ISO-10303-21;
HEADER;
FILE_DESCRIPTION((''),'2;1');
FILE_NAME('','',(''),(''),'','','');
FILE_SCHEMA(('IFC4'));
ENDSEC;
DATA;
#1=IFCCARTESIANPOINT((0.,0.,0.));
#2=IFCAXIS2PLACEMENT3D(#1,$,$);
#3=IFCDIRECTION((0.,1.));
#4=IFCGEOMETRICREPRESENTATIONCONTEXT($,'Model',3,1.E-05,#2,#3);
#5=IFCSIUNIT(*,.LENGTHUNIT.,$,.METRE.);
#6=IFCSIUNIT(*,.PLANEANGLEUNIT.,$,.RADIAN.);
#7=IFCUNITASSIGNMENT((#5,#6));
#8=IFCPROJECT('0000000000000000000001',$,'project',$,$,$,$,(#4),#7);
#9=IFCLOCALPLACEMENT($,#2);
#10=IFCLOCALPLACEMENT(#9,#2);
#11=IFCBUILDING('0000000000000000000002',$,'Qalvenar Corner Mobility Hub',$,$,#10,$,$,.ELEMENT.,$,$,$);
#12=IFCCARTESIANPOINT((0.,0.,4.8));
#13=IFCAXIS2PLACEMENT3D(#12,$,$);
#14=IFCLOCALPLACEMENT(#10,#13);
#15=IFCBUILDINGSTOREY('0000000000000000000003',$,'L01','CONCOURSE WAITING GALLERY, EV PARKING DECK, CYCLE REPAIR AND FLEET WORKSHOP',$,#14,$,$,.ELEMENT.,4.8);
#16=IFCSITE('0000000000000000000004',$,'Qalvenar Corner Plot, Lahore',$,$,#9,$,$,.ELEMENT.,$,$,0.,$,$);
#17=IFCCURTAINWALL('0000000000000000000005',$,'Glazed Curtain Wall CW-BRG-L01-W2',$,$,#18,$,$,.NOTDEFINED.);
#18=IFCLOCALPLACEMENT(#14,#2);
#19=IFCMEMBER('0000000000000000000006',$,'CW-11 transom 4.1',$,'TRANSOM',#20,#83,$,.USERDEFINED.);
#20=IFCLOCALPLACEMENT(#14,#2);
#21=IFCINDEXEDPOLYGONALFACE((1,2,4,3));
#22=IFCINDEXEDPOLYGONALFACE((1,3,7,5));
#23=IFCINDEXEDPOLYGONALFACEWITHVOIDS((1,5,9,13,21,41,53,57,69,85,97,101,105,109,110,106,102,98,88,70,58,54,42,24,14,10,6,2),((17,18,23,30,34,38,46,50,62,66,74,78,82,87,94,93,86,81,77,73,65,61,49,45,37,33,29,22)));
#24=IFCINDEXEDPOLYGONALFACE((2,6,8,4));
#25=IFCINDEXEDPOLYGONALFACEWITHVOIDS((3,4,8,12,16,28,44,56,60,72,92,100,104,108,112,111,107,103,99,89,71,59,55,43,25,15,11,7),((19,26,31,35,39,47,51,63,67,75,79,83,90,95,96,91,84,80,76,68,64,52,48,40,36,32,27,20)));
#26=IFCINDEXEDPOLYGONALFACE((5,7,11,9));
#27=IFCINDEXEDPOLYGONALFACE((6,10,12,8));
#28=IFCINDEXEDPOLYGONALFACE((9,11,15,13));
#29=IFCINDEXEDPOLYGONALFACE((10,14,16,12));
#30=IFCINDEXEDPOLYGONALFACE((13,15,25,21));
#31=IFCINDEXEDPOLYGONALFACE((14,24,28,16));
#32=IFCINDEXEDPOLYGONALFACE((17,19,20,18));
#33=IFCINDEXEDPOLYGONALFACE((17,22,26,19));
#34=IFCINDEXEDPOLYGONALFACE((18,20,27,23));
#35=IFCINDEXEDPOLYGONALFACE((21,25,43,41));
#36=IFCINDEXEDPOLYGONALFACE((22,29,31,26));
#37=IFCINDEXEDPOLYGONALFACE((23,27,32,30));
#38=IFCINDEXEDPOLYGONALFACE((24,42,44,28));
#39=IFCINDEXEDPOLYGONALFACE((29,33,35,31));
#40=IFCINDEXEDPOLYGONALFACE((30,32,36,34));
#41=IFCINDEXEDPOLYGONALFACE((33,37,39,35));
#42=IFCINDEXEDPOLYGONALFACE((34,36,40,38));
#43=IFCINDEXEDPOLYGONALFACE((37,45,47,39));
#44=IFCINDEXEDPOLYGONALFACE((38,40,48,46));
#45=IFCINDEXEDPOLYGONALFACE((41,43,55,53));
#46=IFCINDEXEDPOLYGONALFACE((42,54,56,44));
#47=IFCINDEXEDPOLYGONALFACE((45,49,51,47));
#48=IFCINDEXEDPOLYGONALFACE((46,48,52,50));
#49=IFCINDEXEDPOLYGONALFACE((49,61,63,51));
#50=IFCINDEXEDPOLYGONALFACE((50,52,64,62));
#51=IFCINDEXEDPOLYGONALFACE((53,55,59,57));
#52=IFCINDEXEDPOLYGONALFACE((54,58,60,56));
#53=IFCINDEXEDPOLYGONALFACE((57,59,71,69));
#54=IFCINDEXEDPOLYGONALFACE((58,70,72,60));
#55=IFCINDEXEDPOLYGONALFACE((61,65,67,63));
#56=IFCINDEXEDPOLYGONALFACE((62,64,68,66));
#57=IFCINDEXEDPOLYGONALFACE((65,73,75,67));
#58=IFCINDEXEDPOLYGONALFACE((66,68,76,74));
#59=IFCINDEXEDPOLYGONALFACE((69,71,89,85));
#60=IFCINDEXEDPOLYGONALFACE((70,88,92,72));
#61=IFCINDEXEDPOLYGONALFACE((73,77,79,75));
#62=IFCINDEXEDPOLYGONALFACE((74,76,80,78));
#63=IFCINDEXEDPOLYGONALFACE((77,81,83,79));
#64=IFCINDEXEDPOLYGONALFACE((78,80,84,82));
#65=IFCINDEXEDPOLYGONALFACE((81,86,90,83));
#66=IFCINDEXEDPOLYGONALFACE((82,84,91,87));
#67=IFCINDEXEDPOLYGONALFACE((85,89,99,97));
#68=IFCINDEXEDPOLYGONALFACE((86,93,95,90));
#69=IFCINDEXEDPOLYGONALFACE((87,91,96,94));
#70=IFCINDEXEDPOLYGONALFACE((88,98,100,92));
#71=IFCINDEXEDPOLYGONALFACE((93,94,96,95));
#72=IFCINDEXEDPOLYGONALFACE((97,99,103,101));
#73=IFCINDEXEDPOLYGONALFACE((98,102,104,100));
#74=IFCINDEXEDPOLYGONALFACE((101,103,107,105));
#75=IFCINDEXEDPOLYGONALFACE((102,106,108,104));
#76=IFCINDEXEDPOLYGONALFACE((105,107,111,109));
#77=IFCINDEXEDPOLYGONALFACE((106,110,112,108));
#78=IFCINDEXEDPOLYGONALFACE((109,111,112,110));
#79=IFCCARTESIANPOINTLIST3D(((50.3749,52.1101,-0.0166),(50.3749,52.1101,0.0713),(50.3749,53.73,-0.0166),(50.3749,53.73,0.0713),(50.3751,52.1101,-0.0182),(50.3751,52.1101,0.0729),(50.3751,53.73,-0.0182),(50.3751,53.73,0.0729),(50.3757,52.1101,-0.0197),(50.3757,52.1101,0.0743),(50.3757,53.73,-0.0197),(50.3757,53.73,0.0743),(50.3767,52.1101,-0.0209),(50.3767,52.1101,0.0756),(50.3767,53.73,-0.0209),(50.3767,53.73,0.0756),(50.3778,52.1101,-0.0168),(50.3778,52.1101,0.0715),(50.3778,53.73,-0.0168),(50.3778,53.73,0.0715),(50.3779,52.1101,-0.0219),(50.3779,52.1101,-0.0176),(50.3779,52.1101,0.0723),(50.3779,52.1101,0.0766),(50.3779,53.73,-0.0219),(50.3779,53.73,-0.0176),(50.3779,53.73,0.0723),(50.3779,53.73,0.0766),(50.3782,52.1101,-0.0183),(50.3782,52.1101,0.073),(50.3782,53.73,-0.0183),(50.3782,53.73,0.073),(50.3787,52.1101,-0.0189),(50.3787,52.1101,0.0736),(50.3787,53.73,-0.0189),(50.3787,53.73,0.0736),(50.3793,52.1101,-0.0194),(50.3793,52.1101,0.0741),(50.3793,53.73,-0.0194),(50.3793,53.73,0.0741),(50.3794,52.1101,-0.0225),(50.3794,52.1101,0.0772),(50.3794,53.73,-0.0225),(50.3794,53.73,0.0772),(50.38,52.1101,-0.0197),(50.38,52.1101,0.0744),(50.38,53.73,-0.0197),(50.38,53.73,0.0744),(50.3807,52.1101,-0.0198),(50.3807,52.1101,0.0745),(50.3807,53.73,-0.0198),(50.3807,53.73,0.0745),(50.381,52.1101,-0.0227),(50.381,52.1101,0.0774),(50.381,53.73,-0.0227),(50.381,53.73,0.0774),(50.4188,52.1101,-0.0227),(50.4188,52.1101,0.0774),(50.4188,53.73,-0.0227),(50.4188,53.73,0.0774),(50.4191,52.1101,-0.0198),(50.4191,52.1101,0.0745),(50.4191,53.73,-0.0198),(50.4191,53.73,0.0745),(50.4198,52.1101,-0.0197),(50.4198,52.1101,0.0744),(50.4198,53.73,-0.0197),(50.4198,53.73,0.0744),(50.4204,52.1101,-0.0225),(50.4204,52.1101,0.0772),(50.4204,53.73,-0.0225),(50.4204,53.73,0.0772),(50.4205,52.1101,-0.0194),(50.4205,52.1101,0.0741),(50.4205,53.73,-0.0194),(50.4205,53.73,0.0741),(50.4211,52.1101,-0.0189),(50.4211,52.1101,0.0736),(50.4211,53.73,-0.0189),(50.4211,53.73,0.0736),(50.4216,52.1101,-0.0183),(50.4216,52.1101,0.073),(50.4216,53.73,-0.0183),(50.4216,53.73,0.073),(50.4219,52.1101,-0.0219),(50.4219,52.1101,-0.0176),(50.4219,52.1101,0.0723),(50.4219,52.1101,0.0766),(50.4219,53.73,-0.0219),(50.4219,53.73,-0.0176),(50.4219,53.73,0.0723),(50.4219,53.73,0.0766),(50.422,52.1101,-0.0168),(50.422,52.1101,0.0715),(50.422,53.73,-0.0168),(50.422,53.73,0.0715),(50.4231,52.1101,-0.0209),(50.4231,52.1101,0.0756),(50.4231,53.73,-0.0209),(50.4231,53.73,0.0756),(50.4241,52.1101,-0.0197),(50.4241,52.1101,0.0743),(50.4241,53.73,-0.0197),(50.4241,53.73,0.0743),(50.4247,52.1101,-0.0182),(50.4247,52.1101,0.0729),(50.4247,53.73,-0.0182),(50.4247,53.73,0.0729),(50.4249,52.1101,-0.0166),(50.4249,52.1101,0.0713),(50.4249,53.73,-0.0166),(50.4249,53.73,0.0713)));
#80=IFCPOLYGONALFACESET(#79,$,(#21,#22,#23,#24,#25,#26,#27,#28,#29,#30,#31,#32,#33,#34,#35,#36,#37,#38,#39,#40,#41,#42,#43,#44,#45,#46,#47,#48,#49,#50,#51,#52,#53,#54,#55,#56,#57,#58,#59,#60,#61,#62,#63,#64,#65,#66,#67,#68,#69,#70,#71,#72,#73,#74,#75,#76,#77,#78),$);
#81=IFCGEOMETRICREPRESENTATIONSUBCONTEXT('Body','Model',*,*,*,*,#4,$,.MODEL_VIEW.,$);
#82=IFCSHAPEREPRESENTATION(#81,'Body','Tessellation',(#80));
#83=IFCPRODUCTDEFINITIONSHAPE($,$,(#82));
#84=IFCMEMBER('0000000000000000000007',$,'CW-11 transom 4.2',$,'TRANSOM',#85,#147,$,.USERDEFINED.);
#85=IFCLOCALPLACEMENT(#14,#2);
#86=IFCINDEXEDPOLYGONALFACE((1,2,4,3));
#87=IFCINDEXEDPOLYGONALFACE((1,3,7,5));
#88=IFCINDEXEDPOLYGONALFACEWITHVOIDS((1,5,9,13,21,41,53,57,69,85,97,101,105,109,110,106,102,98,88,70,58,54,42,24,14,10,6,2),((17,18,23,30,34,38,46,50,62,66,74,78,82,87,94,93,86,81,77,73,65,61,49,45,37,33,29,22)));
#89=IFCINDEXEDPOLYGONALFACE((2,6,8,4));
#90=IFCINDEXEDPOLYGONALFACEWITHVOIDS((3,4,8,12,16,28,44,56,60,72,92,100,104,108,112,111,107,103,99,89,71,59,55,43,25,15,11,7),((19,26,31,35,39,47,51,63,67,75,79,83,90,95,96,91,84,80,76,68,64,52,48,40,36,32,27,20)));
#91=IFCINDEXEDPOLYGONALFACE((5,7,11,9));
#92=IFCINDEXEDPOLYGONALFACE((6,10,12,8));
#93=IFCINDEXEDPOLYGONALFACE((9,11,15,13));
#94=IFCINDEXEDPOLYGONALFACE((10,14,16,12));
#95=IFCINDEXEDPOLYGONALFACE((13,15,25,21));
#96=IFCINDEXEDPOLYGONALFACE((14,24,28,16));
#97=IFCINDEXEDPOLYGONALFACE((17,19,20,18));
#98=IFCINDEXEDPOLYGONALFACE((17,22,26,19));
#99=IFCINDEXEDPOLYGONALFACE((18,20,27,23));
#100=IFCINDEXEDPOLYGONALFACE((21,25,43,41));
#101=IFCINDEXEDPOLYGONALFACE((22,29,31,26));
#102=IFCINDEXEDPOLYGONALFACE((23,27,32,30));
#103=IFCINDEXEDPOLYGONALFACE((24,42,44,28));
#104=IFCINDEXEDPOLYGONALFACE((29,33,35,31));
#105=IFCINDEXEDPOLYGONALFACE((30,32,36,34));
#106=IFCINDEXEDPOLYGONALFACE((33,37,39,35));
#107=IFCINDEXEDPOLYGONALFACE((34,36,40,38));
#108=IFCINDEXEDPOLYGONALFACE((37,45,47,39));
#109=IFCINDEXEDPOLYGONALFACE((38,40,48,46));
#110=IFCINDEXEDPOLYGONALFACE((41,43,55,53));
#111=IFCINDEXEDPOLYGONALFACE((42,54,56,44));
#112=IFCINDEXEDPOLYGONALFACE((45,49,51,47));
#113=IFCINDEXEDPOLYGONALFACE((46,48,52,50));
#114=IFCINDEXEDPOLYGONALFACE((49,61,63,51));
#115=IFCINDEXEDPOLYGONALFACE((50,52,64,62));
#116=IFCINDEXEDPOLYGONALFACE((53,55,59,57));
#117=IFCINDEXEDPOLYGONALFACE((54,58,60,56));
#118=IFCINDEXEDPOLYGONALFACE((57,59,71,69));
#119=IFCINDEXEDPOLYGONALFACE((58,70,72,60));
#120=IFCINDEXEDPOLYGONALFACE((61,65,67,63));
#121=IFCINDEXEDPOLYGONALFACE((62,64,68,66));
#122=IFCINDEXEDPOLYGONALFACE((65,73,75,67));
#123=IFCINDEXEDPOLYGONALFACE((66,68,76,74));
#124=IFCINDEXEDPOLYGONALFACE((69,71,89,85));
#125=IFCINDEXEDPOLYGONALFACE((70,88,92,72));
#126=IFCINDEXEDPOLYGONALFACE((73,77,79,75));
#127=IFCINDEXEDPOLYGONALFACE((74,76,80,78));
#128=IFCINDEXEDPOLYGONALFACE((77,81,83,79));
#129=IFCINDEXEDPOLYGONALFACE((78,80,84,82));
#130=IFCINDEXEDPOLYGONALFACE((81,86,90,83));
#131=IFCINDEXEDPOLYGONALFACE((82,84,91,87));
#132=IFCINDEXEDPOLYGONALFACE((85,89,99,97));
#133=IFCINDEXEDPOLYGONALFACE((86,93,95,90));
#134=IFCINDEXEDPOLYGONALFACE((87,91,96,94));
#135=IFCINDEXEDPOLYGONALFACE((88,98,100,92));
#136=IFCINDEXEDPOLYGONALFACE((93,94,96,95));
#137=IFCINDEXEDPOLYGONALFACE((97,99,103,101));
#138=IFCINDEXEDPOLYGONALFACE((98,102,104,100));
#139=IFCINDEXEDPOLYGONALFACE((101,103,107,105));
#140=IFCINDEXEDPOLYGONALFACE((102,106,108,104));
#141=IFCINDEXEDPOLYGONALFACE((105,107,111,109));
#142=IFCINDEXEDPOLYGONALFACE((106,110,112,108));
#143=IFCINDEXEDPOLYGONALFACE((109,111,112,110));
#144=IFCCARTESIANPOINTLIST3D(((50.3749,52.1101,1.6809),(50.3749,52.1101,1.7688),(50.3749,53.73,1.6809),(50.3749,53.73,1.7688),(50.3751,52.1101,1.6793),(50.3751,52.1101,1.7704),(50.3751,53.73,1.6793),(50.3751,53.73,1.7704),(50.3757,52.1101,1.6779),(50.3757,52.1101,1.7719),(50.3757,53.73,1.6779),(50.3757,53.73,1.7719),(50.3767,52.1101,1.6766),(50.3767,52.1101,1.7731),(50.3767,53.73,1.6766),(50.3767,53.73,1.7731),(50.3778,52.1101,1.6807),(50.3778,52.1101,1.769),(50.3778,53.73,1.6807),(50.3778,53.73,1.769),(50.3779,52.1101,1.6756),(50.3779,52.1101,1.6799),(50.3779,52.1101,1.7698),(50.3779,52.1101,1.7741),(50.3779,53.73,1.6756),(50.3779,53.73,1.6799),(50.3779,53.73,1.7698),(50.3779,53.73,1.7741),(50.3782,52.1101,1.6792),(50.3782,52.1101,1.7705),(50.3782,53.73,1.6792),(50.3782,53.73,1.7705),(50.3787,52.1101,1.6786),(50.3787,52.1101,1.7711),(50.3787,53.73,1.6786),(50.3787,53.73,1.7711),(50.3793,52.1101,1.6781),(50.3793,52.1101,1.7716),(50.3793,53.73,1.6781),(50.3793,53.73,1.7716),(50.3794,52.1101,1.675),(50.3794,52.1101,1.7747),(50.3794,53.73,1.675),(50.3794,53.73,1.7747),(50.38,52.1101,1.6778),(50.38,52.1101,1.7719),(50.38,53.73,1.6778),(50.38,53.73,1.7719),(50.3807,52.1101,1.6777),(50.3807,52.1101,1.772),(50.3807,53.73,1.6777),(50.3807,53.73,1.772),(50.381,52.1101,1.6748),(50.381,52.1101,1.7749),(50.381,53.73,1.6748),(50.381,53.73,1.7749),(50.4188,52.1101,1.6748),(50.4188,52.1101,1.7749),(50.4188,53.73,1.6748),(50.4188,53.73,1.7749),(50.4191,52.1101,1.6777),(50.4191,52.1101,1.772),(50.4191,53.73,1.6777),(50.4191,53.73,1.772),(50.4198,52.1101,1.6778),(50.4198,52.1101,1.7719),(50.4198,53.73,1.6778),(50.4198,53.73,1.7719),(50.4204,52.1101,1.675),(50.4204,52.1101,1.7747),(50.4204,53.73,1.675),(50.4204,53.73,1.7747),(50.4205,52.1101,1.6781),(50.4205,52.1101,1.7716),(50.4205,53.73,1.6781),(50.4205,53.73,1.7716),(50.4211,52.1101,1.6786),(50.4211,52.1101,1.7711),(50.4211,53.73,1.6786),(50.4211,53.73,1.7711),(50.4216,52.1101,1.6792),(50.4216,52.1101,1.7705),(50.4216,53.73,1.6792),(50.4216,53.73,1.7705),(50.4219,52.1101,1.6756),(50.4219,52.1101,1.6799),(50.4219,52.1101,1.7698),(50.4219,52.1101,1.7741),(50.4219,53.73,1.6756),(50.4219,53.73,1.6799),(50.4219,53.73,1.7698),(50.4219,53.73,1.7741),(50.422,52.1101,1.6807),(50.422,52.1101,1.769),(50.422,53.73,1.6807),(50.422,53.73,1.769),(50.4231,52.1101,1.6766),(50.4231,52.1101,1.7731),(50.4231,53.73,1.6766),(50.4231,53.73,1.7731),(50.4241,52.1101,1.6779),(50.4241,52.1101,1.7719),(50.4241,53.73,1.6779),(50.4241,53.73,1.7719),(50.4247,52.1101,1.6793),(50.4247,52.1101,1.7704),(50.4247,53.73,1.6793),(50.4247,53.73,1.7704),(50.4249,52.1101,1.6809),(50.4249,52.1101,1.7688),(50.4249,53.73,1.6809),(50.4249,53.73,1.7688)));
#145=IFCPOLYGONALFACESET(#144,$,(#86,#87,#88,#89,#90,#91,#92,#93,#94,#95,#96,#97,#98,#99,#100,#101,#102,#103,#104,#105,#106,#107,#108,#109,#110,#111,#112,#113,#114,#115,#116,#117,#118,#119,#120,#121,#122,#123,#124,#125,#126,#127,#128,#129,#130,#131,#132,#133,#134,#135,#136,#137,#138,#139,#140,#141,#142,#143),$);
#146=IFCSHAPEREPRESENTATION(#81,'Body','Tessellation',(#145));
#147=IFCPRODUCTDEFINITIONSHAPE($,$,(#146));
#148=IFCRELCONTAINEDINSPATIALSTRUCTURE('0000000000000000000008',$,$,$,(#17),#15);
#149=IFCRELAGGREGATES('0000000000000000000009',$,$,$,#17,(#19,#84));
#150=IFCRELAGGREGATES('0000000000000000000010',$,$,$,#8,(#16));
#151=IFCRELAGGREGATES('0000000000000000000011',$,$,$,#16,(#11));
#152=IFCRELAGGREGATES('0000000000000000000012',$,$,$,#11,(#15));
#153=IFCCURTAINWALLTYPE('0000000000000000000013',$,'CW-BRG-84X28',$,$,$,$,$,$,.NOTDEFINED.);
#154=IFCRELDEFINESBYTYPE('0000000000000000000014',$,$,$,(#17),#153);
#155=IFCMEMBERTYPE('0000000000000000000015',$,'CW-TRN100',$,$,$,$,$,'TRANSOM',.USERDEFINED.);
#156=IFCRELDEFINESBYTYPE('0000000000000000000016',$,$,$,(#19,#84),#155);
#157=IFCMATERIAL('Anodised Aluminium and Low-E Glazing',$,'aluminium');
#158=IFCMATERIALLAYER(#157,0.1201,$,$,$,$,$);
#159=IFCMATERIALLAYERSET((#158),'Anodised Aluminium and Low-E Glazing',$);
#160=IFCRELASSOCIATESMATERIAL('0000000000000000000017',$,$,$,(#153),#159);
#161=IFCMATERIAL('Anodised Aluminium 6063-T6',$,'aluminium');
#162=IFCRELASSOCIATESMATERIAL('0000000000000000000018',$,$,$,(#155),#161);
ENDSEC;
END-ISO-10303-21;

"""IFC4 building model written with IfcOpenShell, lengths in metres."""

from ifc_helpers import new_model, si_unit, direction, frame, origin, origin_2d, place, context, subcontext, project, spatial, hollow_rectangle, extrude, material, layer, layer_set, material_profile, profile_set, type_object, element, aggregate, save


model = new_model("IFC4")

# Units and contexts
model_context = context("Model", 3, precision=1e-05, world=origin(), true_north=direction((0.0, 1.0)))
body_context = subcontext(model_context, "Body", "Model", "MODEL_VIEW")
ifc_project = project(units=[si_unit("LENGTHUNIT", "METRE"), si_unit("PLANEANGLEUNIT", "RADIAN")], contexts=[model_context])

# Site, building, storey
site_placement = place(None, origin())
site = spatial("IfcSite", under=ifc_project, at=site_placement, Name="Qalvenar Corner Plot, Lahore", CompositionType="ELEMENT", RefElevation=0.0)
building_placement = place(site_placement, origin())
building = spatial("IfcBuilding", under=site, at=building_placement, Name="Qalvenar Corner Mobility Hub", CompositionType="ELEMENT")
storey_placement = place(building_placement, frame((0.0, 0.0, 4.8)))
storey = spatial("IfcBuildingStorey", under=building, at=storey_placement, Name="L01", Description="CONCOURSE WAITING GALLERY, EV PARKING DECK, CYCLE REPAIR AND FLEET WORKSHOP", CompositionType="ELEMENT", Elevation=4.8)

# Curtain wall, members
ifc_material_1 = material(Name="Anodised Aluminium and Low-E Glazing", Category="aluminium")
ifc_layer_1 = layer(ifc_material_1, 0.1201)
ifc_layer_set_1 = layer_set([ifc_layer_1], Name="Anodised Aluminium and Low-E Glazing")
curtain_wall_type = type_object("IfcCurtainWallType", Name="CW-BRG-84X28", PredefinedType="NOTDEFINED", material=ifc_layer_set_1)
curtain_wall_placement = place(storey_placement, origin())
curtain_wall = element("IfcCurtainWall", 1, at=curtain_wall_placement, inside=storey, type_object=curtain_wall_type, Name="Glazed Curtain Wall CW-BRG-L01-W2", PredefinedType="NOTDEFINED")
ifc_material_2 = material(Name="Anodised Aluminium 6063-T6", Category="aluminium")
ifc_material_profile_1 = material_profile(ifc_material_2, hollow_rectangle(XDim=0.05, YDim=0.1001, WallThickness=0.0029, InnerFilletRadius=0.0029, OuterFilletRadius=0.0061, at=origin_2d()), Name="RHS100x50x3")
ifc_profile_set_1 = profile_set([ifc_material_profile_1], Name="Anodised Aluminium 6063-T6")
member_type_1 = type_object("IfcMemberType", Name="CW-TRN100", ElementType="TRANSOM", PredefinedType="USERDEFINED", material=ifc_profile_set_1)
member_1_placement = place(storey_placement, frame((50.3999, 53.73, 0.0273), z_axis=(0.0, -1.0, 0.0), x_axis=(1.0, 0.0, 0.0)))
member_1 = element("IfcMember", 2, at=member_1_placement, type_object=member_type_1, Name="CW-11 transom 4.1", ObjectType="TRANSOM", PredefinedType="USERDEFINED", context=body_context, shape_type="SweptSolid", body=[
    extrude(hollow_rectangle(XDim=0.05, YDim=0.1001, WallThickness=0.0029, InnerFilletRadius=0.0029, OuterFilletRadius=0.0061, at=origin_2d()), origin(), (0.0, 0.0, 1.0), 1.6199),
])
member_2_placement = place(storey_placement, frame((50.3999, 53.73, 1.7249), z_axis=(0.0, -1.0, 0.0), x_axis=(1.0, 0.0, 0.0)))
member_2 = element("IfcMember", 3, at=member_2_placement, type_object=member_type_1, Name="CW-11 transom 4.2", ObjectType="TRANSOM", PredefinedType="USERDEFINED", context=body_context, shape_type="SweptSolid", body=[
    extrude(hollow_rectangle(XDim=0.05, YDim=0.1001, WallThickness=0.0029, InnerFilletRadius=0.0029, OuterFilletRadius=0.0061, at=origin_2d()), origin(), (0.0, 0.0, 1.0), 1.6199),
])
aggregate(curtain_wall, [member_1, member_2])

save(model, "model.ifc")
